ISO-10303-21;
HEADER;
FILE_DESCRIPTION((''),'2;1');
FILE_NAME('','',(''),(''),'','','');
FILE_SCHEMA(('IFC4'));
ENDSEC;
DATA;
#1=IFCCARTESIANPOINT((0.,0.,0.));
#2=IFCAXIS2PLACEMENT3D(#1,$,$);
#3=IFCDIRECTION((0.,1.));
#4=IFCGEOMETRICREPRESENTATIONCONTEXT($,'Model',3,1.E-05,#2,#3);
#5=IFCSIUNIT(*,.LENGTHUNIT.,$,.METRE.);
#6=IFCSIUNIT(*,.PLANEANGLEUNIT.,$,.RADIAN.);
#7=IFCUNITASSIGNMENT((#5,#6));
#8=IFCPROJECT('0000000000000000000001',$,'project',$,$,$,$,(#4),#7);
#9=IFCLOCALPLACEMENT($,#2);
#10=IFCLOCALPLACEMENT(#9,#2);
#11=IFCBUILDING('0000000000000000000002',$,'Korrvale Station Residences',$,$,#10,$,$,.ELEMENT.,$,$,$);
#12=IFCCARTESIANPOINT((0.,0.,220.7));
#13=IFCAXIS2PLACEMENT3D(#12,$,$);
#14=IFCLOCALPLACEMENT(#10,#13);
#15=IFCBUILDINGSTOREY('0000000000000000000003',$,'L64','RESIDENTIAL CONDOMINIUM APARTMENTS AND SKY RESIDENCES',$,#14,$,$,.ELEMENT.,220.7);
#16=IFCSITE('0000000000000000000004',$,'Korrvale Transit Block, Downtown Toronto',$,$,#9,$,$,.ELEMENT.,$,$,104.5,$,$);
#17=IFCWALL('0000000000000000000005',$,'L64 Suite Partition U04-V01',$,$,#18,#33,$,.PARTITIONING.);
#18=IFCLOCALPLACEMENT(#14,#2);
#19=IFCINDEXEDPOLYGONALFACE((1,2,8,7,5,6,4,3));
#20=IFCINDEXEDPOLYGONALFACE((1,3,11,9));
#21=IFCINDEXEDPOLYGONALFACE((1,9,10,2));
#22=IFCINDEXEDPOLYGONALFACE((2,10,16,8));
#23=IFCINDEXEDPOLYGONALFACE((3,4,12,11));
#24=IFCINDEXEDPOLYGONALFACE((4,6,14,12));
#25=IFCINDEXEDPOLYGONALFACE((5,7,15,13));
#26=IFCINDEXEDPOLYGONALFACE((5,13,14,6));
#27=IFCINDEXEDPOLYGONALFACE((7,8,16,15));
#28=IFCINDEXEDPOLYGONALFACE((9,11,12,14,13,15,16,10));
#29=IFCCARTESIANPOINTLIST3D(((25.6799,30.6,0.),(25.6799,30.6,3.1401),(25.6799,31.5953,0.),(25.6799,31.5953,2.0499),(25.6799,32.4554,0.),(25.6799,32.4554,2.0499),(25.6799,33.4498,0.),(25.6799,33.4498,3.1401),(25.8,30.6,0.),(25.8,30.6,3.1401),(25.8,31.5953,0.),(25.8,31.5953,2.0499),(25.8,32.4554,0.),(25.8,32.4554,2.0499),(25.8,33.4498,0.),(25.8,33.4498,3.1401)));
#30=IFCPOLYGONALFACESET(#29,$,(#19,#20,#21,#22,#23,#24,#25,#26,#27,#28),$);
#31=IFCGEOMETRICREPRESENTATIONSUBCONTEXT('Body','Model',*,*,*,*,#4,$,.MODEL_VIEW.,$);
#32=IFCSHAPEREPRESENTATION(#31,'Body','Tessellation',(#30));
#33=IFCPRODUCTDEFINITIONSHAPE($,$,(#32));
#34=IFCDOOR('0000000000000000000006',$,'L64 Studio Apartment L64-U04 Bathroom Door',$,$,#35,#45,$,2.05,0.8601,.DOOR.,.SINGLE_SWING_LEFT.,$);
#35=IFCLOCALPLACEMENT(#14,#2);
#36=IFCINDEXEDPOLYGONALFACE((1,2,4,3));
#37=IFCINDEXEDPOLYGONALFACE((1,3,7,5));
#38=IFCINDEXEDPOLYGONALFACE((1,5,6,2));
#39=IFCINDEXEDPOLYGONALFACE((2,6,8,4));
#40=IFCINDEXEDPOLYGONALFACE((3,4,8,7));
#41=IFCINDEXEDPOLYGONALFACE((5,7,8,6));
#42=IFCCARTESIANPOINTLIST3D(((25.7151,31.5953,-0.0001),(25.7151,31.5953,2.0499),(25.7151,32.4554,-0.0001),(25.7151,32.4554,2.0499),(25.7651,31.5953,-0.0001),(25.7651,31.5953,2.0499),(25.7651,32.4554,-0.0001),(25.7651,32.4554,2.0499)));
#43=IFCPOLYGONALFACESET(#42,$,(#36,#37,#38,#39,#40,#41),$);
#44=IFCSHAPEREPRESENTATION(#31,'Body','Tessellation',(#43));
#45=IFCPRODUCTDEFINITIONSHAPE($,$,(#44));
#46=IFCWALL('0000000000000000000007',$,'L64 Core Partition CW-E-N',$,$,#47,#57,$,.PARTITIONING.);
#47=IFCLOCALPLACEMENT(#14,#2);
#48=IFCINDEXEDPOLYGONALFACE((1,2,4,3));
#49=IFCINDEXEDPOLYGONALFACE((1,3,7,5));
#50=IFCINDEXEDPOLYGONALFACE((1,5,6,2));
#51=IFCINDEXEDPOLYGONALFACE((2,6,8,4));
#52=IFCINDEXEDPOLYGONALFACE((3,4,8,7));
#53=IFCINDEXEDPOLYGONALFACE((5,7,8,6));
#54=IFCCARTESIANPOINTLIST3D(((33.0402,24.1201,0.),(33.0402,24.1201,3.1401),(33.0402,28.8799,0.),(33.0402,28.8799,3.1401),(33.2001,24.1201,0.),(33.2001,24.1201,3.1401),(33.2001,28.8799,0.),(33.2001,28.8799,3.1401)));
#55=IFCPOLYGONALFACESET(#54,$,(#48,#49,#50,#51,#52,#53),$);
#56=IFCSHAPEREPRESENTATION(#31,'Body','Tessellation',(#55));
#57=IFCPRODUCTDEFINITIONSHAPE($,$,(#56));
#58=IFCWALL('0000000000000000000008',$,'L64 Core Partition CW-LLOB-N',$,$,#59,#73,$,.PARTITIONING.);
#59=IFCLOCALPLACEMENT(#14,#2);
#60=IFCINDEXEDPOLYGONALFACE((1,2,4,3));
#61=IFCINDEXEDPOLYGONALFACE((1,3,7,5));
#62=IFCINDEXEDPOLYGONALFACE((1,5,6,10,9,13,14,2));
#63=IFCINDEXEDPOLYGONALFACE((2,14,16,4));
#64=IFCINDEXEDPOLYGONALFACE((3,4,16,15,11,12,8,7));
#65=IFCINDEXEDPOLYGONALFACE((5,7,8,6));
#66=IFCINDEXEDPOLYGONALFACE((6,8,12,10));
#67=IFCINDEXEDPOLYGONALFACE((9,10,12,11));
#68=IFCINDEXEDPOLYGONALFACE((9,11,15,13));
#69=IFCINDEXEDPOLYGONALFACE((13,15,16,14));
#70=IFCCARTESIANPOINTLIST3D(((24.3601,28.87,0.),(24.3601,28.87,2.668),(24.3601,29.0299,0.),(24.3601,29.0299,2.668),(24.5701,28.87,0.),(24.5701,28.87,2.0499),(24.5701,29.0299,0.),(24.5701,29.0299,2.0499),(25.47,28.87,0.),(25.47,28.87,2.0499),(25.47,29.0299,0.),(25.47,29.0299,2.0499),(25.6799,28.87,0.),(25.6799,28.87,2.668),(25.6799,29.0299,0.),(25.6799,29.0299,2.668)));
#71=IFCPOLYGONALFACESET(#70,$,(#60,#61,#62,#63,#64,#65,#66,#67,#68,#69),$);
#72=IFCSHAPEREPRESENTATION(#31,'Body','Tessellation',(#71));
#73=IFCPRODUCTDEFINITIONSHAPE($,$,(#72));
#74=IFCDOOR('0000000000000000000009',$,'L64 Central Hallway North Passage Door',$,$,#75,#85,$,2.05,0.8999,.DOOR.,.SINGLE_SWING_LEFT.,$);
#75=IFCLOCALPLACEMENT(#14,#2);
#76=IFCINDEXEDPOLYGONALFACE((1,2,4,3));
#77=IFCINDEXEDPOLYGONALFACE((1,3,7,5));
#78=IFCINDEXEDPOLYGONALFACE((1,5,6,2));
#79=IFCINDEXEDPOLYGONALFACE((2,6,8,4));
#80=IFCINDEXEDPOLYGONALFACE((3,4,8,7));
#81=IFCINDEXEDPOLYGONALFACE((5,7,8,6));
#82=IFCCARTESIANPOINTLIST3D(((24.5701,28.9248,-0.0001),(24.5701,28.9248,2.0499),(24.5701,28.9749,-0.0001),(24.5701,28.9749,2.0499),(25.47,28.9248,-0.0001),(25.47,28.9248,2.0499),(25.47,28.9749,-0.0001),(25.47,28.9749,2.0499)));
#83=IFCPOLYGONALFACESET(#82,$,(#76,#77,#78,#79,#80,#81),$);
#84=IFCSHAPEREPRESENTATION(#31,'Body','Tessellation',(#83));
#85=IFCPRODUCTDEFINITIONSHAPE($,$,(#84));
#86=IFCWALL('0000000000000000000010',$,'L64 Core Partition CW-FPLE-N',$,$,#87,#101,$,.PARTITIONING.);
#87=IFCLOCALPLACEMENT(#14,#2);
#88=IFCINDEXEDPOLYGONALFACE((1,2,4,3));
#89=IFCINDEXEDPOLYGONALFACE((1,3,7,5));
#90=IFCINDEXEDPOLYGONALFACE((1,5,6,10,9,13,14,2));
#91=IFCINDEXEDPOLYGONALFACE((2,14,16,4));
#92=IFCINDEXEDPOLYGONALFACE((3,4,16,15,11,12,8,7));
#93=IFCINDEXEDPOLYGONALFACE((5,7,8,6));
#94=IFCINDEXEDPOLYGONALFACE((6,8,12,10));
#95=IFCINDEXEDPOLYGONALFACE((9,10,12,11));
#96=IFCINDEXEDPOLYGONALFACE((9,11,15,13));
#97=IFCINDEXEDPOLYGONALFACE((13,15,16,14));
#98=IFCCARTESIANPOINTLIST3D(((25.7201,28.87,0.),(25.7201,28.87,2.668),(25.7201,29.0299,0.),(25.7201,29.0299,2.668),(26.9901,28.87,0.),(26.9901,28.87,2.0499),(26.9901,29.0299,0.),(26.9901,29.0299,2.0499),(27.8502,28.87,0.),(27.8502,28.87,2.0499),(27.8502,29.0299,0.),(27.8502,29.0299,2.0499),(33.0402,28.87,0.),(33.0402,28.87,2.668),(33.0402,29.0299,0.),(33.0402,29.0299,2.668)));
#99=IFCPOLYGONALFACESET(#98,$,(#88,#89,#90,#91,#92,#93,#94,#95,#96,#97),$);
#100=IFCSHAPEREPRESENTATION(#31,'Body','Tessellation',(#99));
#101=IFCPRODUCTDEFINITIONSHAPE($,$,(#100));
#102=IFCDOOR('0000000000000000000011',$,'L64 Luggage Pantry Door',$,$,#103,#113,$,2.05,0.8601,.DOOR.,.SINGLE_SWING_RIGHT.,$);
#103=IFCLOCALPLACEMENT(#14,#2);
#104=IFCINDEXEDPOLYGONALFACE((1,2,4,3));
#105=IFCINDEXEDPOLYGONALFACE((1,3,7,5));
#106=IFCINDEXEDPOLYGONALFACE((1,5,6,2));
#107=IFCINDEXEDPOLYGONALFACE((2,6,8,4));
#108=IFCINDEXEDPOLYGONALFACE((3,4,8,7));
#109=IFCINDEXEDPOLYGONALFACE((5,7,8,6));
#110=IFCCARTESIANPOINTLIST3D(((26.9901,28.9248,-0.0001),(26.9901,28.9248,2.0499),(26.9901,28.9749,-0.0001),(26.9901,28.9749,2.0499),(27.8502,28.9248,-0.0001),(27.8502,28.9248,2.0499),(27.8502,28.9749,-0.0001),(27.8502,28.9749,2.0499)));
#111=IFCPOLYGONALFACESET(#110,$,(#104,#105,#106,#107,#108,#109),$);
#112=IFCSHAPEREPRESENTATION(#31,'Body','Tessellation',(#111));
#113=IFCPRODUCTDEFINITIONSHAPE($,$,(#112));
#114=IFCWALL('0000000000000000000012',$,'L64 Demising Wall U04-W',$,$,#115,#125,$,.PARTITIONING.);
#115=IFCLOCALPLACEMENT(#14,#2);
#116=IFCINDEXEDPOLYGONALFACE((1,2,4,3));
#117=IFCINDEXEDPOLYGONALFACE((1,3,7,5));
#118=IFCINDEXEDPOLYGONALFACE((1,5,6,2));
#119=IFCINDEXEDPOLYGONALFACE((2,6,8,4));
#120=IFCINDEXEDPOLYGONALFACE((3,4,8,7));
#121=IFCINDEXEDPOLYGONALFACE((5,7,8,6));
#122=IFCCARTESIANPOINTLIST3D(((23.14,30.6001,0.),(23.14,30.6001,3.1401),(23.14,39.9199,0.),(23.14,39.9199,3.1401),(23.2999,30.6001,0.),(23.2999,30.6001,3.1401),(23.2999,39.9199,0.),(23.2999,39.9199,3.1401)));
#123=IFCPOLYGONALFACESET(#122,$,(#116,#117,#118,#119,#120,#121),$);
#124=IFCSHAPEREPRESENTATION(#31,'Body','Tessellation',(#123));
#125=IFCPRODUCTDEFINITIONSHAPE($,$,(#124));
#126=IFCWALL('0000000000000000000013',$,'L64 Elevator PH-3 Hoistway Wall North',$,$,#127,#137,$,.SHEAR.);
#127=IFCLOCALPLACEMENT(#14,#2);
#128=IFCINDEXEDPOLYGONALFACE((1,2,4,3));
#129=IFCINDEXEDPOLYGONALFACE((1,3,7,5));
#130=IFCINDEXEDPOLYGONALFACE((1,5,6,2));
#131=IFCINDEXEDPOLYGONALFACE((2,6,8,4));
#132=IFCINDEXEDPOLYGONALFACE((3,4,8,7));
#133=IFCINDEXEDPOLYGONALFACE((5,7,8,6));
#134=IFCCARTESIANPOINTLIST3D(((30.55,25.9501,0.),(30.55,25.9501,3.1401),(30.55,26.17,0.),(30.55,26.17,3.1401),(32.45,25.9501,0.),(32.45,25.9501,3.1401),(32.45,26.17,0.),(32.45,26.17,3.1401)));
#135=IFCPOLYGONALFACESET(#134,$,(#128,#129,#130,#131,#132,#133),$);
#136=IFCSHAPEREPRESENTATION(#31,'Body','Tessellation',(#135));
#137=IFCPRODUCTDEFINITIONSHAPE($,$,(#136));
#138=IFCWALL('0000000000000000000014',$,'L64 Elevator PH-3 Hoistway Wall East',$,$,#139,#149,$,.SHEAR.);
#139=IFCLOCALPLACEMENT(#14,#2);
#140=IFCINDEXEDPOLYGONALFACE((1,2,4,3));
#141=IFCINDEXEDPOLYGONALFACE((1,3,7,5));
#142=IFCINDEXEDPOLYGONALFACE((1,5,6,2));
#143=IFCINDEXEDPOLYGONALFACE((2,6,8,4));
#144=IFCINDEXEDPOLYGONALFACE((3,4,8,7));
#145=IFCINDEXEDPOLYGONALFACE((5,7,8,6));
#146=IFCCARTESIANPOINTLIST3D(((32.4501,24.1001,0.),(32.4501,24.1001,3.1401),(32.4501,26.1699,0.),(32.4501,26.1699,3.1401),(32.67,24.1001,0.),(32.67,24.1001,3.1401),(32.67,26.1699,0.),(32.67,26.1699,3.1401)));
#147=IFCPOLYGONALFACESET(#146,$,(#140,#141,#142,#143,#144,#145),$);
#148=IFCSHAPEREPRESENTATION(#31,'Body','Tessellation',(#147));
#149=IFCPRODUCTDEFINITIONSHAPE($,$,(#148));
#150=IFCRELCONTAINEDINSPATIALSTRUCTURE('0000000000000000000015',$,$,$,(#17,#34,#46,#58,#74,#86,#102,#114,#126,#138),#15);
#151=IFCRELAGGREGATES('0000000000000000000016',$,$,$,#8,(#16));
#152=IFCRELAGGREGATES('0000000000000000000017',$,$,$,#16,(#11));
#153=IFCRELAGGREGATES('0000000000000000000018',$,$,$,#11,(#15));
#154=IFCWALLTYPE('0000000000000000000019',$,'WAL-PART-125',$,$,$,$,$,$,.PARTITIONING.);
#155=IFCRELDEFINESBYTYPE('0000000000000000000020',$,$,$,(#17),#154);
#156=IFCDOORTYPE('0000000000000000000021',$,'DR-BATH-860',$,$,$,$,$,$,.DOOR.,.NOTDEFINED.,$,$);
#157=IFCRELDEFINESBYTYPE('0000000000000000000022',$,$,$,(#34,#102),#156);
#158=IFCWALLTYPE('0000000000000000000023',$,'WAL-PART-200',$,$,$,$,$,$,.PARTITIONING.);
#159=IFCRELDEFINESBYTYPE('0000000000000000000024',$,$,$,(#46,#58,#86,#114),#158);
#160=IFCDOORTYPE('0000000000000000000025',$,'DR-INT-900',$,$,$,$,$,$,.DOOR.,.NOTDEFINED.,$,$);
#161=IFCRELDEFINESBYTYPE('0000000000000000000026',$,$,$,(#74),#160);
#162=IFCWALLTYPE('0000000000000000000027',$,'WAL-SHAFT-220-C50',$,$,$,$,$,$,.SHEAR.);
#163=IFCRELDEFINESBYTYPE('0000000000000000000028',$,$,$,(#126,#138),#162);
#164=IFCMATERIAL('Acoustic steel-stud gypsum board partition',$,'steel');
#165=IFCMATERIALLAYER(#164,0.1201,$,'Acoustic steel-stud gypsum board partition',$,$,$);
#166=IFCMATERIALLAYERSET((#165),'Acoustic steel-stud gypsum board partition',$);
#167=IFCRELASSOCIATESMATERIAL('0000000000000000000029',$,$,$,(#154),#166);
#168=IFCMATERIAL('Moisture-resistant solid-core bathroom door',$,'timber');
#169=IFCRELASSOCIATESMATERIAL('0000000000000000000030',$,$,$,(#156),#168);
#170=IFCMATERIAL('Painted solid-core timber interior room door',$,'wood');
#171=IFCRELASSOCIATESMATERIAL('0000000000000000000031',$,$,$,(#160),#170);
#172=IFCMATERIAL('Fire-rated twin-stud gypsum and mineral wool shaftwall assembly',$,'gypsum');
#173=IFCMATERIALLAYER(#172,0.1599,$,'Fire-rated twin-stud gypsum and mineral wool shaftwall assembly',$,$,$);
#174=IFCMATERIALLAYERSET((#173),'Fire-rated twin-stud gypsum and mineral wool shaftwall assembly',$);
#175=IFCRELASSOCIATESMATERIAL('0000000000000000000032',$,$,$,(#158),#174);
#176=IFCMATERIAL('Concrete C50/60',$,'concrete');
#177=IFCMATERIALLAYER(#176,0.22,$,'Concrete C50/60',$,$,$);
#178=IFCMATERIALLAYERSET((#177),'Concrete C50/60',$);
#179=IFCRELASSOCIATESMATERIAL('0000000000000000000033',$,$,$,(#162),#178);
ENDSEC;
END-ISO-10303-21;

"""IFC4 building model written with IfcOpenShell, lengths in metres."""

from ifc_helpers import new_model, si_unit, direction, frame, frame_2d, origin, place, context, subcontext, project, spatial, rectangle, extrude, material, layer, layer_set, type_object, element, fill, save


model = new_model("IFC4")

# Units and contexts
model_context = context("Model", 3, precision=1e-05, world=origin(), true_north=direction((0.0, 1.0)))
body_context = subcontext(model_context, "Body", "Model", "MODEL_VIEW")
ifc_project = project(units=[si_unit("LENGTHUNIT", "METRE"), si_unit("PLANEANGLEUNIT", "RADIAN")], contexts=[model_context])

# Site, building, storey
site_placement = place(None, origin())
site = spatial("IfcSite", under=ifc_project, at=site_placement, Name="Korrvale Transit Block, Downtown Toronto", CompositionType="ELEMENT", RefElevation=104.5)
building_placement = place(site_placement, origin())
building = spatial("IfcBuilding", under=site, at=building_placement, Name="Korrvale Station Residences", CompositionType="ELEMENT")
storey_placement = place(building_placement, frame((0.0, 0.0, 220.7)))
storey = spatial("IfcBuildingStorey", under=building, at=storey_placement, Name="L64", Description="RESIDENTIAL CONDOMINIUM APARTMENTS AND SKY RESIDENCES", CompositionType="ELEMENT", Elevation=220.7)

# Shared definitions
ifc_material_1 = material(Name="Concrete C50/60", Category="concrete")

# Shared definitions
ifc_material_2 = material(Name="Acoustic steel-stud gypsum board partition", Category="steel")
ifc_layer_1 = layer(ifc_material_2, 0.1201, Name="Acoustic steel-stud gypsum board partition")
ifc_layer_set_1 = layer_set([ifc_layer_1], Name="Acoustic steel-stud gypsum board partition")
wall_type_1 = type_object("IfcWallType", Name="WAL-PART-125", PredefinedType="PARTITIONING", material=ifc_layer_set_1)

# Shared definitions
ifc_material_3 = material(Name="Moisture-resistant solid-core bathroom door", Category="timber")
door_type_1 = type_object("IfcDoorType", Name="DR-BATH-860", OperationType="NOTDEFINED", PredefinedType="DOOR", material=ifc_material_3)

# Wall, opening, door
ifc_material_4 = material(Name="Painted solid-core timber interior room door", Category="wood")
door_type_2 = type_object("IfcDoorType", Name="DR-INT-900", OperationType="NOTDEFINED", PredefinedType="DOOR", material=ifc_material_4)
wall_1_placement = place(storey_placement, frame((25.74, 30.6001, 0.0), z_axis=(0.0, 0.0, 1.0), x_axis=(0.0, 1.0, 0.0)))
wall_1 = element("IfcWall", 1, at=wall_1_placement, inside=storey, type_object=wall_type_1, Name="L64 Suite Partition U04-V01", PredefinedType="PARTITIONING", context=body_context, shape_type="SweptSolid", body=[
    extrude(rectangle(XDim=2.8499, YDim=0.1201, at=frame_2d((1.4248, 0.0))), origin(), (0.0, 0.0, 1.0), 3.1401),
])
opening_1_placement = place(wall_1_placement, frame((0.9951, 0.0, 0.0)))
opening_1 = element("IfcOpeningElement", 2, at=opening_1_placement, cuts=wall_1, PredefinedType="OPENING", context=body_context, shape_type="SweptSolid", body=[
    extrude(rectangle(XDim=0.8601, YDim=2.05, at=frame_2d((0.4302, 1.0249))), frame((0.0, 0.0701, 0.0), z_axis=(0.0, -1.0, 0.0), x_axis=(1.0, 0.0, 0.0)), (0.0, 0.0, 1.0), 0.1401),
])
door_1_placement = place(opening_1_placement, origin())
door_1 = element("IfcDoor", 3, at=door_1_placement, inside=storey, type_object=door_type_1, Name="L64 Studio Apartment L64-U04 Bathroom Door", OperationType="SINGLE_SWING_LEFT", OverallHeight=2.05, OverallWidth=0.8601, PredefinedType="DOOR", context=body_context, shape_type="SweptSolid", body=[
    extrude(rectangle(XDim=0.8601, YDim=2.05, at=frame_2d((0.4302, 1.0249))), frame((0.0, 0.0249, 0.0), z_axis=(0.0, -1.0, 0.0), x_axis=(1.0, 0.0, 0.0)), (0.0, 0.0, 1.0), 0.05),
])
fill(opening_1, door_1)

# Wall
ifc_material_5 = material(Name="Fire-rated twin-stud gypsum and mineral wool shaftwall assembly", Category="gypsum")
ifc_layer_2 = layer(ifc_material_5, 0.1599, Name="Fire-rated twin-stud gypsum and mineral wool shaftwall assembly")
ifc_layer_set_2 = layer_set([ifc_layer_2], Name="Fire-rated twin-stud gypsum and mineral wool shaftwall assembly")
wall_type_2 = type_object("IfcWallType", Name="WAL-PART-200", PredefinedType="PARTITIONING", material=ifc_layer_set_2)
wall_2_placement = place(storey_placement, frame((33.1201, 24.1201, 0.0), z_axis=(0.0, 0.0, 1.0), x_axis=(0.0, 1.0, 0.0)))
element("IfcWall", 4, at=wall_2_placement, inside=storey, type_object=wall_type_2, Name="L64 Core Partition CW-E-N", PredefinedType="PARTITIONING", context=body_context, shape_type="SweptSolid", body=[
    extrude(rectangle(XDim=4.7598, YDim=0.1599, at=frame_2d((2.3799, 0.0))), origin(), (0.0, 0.0, 1.0), 3.1401),
])

# Walls, openings, doors
wall_3_placement = place(storey_placement, frame((24.3601, 28.95, 0.0), z_axis=(0.0, 0.0, 1.0), x_axis=(1.0, 0.0, 0.0)))
wall_3 = element("IfcWall", 5, at=wall_3_placement, inside=storey, type_object=wall_type_2, Name="L64 Core Partition CW-LLOB-N", PredefinedType="PARTITIONING", context=body_context, shape_type="SweptSolid", body=[
    extrude(rectangle(XDim=1.3198, YDim=0.1599, at=frame_2d((0.6599, 0.0))), origin(), (0.0, 0.0, 1.0), 2.668),
])
opening_2_placement = place(wall_3_placement, frame((0.21, 0.0, 0.0)))
opening_2 = element("IfcOpeningElement", 6, at=opening_2_placement, cuts=wall_3, PredefinedType="OPENING", context=body_context, shape_type="SweptSolid", body=[
    extrude(rectangle(XDim=0.8999, YDim=2.05, at=frame_2d((0.45, 1.0249))), frame((0.0, 0.0898, 0.0), z_axis=(0.0, -1.0, 0.0), x_axis=(1.0, 0.0, 0.0)), (0.0, 0.0, 1.0), 0.1799),
])
door_2_placement = place(opening_2_placement, origin())
door_2 = element("IfcDoor", 7, at=door_2_placement, inside=storey, type_object=door_type_2, Name="L64 Central Hallway North Passage Door", OperationType="SINGLE_SWING_LEFT", OverallHeight=2.05, OverallWidth=0.8999, PredefinedType="DOOR", context=body_context, shape_type="SweptSolid", body=[
    extrude(rectangle(XDim=0.8999, YDim=2.05, at=frame_2d((0.45, 1.0249))), frame((0.0, 0.0249, 0.0), z_axis=(0.0, -1.0, 0.0), x_axis=(1.0, 0.0, 0.0)), (0.0, 0.0, 1.0), 0.05),
])
fill(opening_2, door_2)
wall_4_placement = place(storey_placement, frame((25.72, 28.95, 0.0), z_axis=(0.0, 0.0, 1.0), x_axis=(1.0, 0.0, 0.0)))
wall_4 = element("IfcWall", 8, at=wall_4_placement, inside=storey, type_object=wall_type_2, Name="L64 Core Partition CW-FPLE-N", PredefinedType="PARTITIONING", context=body_context, shape_type="SweptSolid", body=[
    extrude(rectangle(XDim=7.3201, YDim=0.1599, at=frame_2d((3.6602, 0.0))), origin(), (0.0, 0.0, 1.0), 2.668),
])
opening_3_placement = place(wall_4_placement, frame((1.27, 0.0, 0.0)))
opening_3 = element("IfcOpeningElement", 9, at=opening_3_placement, cuts=wall_4, PredefinedType="OPENING", context=body_context, shape_type="SweptSolid", body=[
    extrude(rectangle(XDim=0.8601, YDim=2.05, at=frame_2d((0.4302, 1.0249))), frame((0.0, 0.0898, 0.0), z_axis=(0.0, -1.0, 0.0), x_axis=(1.0, 0.0, 0.0)), (0.0, 0.0, 1.0), 0.1799),
])
door_3_placement = place(opening_3_placement, origin())
door_3 = element("IfcDoor", 10, at=door_3_placement, inside=storey, type_object=door_type_1, Name="L64 Luggage Pantry Door", OperationType="SINGLE_SWING_RIGHT", OverallHeight=2.05, OverallWidth=0.8601, PredefinedType="DOOR", context=body_context, shape_type="SweptSolid", body=[
    extrude(rectangle(XDim=0.8601, YDim=2.05, at=frame_2d((0.4302, 1.0249))), frame((0.0, 0.0249, 0.0), z_axis=(0.0, -1.0, 0.0), x_axis=(1.0, 0.0, 0.0)), (0.0, 0.0, 1.0), 0.05),
])
fill(opening_3, door_3)

# Walls
wall_5_placement = place(storey_placement, frame((23.22, 30.6001, 0.0), z_axis=(0.0, 0.0, 1.0), x_axis=(0.0, 1.0, 0.0)))
element("IfcWall", 11, at=wall_5_placement, inside=storey, type_object=wall_type_2, Name="L64 Demising Wall U04-W", PredefinedType="PARTITIONING", context=body_context, shape_type="SweptSolid", body=[
    extrude(rectangle(XDim=9.3198, YDim=0.1599, at=frame_2d((4.6599, 0.0))), origin(), (0.0, 0.0, 1.0), 3.1401),
])
ifc_layer_3 = layer(ifc_material_1, 0.22, Name="Concrete C50/60")
ifc_layer_set_3 = layer_set([ifc_layer_3], Name="Concrete C50/60")
wall_type_3 = type_object("IfcWallType", Name="WAL-SHAFT-220-C50", PredefinedType="SHEAR", material=ifc_layer_set_3)
wall_6_placement = place(storey_placement, frame((30.55, 26.0601, 0.0), z_axis=(0.0, 0.0, 1.0), x_axis=(1.0, 0.0, 0.0)))
element("IfcWall", 12, at=wall_6_placement, inside=storey, type_object=wall_type_3, Name="L64 Elevator PH-3 Hoistway Wall North", PredefinedType="SHEAR", context=body_context, shape_type="SweptSolid", body=[
    extrude(rectangle(XDim=1.8999, YDim=0.22, at=frame_2d((0.95, 0.0))), origin(), (0.0, 0.0, 1.0), 3.1401),
])

# Wall
wall_7_placement = place(storey_placement, frame((32.5601, 24.1001, 0.0), z_axis=(0.0, 0.0, 1.0), x_axis=(0.0, 1.0, 0.0)))
element("IfcWall", 13, at=wall_7_placement, inside=storey, type_object=wall_type_3, Name="L64 Elevator PH-3 Hoistway Wall East", PredefinedType="SHEAR", context=body_context, shape_type="SweptSolid", body=[
    extrude(rectangle(XDim=2.0698, YDim=0.22, at=frame_2d((1.0349, 0.0))), origin(), (0.0, 0.0, 1.0), 3.1401),
])

save(model, "model.ifc")
